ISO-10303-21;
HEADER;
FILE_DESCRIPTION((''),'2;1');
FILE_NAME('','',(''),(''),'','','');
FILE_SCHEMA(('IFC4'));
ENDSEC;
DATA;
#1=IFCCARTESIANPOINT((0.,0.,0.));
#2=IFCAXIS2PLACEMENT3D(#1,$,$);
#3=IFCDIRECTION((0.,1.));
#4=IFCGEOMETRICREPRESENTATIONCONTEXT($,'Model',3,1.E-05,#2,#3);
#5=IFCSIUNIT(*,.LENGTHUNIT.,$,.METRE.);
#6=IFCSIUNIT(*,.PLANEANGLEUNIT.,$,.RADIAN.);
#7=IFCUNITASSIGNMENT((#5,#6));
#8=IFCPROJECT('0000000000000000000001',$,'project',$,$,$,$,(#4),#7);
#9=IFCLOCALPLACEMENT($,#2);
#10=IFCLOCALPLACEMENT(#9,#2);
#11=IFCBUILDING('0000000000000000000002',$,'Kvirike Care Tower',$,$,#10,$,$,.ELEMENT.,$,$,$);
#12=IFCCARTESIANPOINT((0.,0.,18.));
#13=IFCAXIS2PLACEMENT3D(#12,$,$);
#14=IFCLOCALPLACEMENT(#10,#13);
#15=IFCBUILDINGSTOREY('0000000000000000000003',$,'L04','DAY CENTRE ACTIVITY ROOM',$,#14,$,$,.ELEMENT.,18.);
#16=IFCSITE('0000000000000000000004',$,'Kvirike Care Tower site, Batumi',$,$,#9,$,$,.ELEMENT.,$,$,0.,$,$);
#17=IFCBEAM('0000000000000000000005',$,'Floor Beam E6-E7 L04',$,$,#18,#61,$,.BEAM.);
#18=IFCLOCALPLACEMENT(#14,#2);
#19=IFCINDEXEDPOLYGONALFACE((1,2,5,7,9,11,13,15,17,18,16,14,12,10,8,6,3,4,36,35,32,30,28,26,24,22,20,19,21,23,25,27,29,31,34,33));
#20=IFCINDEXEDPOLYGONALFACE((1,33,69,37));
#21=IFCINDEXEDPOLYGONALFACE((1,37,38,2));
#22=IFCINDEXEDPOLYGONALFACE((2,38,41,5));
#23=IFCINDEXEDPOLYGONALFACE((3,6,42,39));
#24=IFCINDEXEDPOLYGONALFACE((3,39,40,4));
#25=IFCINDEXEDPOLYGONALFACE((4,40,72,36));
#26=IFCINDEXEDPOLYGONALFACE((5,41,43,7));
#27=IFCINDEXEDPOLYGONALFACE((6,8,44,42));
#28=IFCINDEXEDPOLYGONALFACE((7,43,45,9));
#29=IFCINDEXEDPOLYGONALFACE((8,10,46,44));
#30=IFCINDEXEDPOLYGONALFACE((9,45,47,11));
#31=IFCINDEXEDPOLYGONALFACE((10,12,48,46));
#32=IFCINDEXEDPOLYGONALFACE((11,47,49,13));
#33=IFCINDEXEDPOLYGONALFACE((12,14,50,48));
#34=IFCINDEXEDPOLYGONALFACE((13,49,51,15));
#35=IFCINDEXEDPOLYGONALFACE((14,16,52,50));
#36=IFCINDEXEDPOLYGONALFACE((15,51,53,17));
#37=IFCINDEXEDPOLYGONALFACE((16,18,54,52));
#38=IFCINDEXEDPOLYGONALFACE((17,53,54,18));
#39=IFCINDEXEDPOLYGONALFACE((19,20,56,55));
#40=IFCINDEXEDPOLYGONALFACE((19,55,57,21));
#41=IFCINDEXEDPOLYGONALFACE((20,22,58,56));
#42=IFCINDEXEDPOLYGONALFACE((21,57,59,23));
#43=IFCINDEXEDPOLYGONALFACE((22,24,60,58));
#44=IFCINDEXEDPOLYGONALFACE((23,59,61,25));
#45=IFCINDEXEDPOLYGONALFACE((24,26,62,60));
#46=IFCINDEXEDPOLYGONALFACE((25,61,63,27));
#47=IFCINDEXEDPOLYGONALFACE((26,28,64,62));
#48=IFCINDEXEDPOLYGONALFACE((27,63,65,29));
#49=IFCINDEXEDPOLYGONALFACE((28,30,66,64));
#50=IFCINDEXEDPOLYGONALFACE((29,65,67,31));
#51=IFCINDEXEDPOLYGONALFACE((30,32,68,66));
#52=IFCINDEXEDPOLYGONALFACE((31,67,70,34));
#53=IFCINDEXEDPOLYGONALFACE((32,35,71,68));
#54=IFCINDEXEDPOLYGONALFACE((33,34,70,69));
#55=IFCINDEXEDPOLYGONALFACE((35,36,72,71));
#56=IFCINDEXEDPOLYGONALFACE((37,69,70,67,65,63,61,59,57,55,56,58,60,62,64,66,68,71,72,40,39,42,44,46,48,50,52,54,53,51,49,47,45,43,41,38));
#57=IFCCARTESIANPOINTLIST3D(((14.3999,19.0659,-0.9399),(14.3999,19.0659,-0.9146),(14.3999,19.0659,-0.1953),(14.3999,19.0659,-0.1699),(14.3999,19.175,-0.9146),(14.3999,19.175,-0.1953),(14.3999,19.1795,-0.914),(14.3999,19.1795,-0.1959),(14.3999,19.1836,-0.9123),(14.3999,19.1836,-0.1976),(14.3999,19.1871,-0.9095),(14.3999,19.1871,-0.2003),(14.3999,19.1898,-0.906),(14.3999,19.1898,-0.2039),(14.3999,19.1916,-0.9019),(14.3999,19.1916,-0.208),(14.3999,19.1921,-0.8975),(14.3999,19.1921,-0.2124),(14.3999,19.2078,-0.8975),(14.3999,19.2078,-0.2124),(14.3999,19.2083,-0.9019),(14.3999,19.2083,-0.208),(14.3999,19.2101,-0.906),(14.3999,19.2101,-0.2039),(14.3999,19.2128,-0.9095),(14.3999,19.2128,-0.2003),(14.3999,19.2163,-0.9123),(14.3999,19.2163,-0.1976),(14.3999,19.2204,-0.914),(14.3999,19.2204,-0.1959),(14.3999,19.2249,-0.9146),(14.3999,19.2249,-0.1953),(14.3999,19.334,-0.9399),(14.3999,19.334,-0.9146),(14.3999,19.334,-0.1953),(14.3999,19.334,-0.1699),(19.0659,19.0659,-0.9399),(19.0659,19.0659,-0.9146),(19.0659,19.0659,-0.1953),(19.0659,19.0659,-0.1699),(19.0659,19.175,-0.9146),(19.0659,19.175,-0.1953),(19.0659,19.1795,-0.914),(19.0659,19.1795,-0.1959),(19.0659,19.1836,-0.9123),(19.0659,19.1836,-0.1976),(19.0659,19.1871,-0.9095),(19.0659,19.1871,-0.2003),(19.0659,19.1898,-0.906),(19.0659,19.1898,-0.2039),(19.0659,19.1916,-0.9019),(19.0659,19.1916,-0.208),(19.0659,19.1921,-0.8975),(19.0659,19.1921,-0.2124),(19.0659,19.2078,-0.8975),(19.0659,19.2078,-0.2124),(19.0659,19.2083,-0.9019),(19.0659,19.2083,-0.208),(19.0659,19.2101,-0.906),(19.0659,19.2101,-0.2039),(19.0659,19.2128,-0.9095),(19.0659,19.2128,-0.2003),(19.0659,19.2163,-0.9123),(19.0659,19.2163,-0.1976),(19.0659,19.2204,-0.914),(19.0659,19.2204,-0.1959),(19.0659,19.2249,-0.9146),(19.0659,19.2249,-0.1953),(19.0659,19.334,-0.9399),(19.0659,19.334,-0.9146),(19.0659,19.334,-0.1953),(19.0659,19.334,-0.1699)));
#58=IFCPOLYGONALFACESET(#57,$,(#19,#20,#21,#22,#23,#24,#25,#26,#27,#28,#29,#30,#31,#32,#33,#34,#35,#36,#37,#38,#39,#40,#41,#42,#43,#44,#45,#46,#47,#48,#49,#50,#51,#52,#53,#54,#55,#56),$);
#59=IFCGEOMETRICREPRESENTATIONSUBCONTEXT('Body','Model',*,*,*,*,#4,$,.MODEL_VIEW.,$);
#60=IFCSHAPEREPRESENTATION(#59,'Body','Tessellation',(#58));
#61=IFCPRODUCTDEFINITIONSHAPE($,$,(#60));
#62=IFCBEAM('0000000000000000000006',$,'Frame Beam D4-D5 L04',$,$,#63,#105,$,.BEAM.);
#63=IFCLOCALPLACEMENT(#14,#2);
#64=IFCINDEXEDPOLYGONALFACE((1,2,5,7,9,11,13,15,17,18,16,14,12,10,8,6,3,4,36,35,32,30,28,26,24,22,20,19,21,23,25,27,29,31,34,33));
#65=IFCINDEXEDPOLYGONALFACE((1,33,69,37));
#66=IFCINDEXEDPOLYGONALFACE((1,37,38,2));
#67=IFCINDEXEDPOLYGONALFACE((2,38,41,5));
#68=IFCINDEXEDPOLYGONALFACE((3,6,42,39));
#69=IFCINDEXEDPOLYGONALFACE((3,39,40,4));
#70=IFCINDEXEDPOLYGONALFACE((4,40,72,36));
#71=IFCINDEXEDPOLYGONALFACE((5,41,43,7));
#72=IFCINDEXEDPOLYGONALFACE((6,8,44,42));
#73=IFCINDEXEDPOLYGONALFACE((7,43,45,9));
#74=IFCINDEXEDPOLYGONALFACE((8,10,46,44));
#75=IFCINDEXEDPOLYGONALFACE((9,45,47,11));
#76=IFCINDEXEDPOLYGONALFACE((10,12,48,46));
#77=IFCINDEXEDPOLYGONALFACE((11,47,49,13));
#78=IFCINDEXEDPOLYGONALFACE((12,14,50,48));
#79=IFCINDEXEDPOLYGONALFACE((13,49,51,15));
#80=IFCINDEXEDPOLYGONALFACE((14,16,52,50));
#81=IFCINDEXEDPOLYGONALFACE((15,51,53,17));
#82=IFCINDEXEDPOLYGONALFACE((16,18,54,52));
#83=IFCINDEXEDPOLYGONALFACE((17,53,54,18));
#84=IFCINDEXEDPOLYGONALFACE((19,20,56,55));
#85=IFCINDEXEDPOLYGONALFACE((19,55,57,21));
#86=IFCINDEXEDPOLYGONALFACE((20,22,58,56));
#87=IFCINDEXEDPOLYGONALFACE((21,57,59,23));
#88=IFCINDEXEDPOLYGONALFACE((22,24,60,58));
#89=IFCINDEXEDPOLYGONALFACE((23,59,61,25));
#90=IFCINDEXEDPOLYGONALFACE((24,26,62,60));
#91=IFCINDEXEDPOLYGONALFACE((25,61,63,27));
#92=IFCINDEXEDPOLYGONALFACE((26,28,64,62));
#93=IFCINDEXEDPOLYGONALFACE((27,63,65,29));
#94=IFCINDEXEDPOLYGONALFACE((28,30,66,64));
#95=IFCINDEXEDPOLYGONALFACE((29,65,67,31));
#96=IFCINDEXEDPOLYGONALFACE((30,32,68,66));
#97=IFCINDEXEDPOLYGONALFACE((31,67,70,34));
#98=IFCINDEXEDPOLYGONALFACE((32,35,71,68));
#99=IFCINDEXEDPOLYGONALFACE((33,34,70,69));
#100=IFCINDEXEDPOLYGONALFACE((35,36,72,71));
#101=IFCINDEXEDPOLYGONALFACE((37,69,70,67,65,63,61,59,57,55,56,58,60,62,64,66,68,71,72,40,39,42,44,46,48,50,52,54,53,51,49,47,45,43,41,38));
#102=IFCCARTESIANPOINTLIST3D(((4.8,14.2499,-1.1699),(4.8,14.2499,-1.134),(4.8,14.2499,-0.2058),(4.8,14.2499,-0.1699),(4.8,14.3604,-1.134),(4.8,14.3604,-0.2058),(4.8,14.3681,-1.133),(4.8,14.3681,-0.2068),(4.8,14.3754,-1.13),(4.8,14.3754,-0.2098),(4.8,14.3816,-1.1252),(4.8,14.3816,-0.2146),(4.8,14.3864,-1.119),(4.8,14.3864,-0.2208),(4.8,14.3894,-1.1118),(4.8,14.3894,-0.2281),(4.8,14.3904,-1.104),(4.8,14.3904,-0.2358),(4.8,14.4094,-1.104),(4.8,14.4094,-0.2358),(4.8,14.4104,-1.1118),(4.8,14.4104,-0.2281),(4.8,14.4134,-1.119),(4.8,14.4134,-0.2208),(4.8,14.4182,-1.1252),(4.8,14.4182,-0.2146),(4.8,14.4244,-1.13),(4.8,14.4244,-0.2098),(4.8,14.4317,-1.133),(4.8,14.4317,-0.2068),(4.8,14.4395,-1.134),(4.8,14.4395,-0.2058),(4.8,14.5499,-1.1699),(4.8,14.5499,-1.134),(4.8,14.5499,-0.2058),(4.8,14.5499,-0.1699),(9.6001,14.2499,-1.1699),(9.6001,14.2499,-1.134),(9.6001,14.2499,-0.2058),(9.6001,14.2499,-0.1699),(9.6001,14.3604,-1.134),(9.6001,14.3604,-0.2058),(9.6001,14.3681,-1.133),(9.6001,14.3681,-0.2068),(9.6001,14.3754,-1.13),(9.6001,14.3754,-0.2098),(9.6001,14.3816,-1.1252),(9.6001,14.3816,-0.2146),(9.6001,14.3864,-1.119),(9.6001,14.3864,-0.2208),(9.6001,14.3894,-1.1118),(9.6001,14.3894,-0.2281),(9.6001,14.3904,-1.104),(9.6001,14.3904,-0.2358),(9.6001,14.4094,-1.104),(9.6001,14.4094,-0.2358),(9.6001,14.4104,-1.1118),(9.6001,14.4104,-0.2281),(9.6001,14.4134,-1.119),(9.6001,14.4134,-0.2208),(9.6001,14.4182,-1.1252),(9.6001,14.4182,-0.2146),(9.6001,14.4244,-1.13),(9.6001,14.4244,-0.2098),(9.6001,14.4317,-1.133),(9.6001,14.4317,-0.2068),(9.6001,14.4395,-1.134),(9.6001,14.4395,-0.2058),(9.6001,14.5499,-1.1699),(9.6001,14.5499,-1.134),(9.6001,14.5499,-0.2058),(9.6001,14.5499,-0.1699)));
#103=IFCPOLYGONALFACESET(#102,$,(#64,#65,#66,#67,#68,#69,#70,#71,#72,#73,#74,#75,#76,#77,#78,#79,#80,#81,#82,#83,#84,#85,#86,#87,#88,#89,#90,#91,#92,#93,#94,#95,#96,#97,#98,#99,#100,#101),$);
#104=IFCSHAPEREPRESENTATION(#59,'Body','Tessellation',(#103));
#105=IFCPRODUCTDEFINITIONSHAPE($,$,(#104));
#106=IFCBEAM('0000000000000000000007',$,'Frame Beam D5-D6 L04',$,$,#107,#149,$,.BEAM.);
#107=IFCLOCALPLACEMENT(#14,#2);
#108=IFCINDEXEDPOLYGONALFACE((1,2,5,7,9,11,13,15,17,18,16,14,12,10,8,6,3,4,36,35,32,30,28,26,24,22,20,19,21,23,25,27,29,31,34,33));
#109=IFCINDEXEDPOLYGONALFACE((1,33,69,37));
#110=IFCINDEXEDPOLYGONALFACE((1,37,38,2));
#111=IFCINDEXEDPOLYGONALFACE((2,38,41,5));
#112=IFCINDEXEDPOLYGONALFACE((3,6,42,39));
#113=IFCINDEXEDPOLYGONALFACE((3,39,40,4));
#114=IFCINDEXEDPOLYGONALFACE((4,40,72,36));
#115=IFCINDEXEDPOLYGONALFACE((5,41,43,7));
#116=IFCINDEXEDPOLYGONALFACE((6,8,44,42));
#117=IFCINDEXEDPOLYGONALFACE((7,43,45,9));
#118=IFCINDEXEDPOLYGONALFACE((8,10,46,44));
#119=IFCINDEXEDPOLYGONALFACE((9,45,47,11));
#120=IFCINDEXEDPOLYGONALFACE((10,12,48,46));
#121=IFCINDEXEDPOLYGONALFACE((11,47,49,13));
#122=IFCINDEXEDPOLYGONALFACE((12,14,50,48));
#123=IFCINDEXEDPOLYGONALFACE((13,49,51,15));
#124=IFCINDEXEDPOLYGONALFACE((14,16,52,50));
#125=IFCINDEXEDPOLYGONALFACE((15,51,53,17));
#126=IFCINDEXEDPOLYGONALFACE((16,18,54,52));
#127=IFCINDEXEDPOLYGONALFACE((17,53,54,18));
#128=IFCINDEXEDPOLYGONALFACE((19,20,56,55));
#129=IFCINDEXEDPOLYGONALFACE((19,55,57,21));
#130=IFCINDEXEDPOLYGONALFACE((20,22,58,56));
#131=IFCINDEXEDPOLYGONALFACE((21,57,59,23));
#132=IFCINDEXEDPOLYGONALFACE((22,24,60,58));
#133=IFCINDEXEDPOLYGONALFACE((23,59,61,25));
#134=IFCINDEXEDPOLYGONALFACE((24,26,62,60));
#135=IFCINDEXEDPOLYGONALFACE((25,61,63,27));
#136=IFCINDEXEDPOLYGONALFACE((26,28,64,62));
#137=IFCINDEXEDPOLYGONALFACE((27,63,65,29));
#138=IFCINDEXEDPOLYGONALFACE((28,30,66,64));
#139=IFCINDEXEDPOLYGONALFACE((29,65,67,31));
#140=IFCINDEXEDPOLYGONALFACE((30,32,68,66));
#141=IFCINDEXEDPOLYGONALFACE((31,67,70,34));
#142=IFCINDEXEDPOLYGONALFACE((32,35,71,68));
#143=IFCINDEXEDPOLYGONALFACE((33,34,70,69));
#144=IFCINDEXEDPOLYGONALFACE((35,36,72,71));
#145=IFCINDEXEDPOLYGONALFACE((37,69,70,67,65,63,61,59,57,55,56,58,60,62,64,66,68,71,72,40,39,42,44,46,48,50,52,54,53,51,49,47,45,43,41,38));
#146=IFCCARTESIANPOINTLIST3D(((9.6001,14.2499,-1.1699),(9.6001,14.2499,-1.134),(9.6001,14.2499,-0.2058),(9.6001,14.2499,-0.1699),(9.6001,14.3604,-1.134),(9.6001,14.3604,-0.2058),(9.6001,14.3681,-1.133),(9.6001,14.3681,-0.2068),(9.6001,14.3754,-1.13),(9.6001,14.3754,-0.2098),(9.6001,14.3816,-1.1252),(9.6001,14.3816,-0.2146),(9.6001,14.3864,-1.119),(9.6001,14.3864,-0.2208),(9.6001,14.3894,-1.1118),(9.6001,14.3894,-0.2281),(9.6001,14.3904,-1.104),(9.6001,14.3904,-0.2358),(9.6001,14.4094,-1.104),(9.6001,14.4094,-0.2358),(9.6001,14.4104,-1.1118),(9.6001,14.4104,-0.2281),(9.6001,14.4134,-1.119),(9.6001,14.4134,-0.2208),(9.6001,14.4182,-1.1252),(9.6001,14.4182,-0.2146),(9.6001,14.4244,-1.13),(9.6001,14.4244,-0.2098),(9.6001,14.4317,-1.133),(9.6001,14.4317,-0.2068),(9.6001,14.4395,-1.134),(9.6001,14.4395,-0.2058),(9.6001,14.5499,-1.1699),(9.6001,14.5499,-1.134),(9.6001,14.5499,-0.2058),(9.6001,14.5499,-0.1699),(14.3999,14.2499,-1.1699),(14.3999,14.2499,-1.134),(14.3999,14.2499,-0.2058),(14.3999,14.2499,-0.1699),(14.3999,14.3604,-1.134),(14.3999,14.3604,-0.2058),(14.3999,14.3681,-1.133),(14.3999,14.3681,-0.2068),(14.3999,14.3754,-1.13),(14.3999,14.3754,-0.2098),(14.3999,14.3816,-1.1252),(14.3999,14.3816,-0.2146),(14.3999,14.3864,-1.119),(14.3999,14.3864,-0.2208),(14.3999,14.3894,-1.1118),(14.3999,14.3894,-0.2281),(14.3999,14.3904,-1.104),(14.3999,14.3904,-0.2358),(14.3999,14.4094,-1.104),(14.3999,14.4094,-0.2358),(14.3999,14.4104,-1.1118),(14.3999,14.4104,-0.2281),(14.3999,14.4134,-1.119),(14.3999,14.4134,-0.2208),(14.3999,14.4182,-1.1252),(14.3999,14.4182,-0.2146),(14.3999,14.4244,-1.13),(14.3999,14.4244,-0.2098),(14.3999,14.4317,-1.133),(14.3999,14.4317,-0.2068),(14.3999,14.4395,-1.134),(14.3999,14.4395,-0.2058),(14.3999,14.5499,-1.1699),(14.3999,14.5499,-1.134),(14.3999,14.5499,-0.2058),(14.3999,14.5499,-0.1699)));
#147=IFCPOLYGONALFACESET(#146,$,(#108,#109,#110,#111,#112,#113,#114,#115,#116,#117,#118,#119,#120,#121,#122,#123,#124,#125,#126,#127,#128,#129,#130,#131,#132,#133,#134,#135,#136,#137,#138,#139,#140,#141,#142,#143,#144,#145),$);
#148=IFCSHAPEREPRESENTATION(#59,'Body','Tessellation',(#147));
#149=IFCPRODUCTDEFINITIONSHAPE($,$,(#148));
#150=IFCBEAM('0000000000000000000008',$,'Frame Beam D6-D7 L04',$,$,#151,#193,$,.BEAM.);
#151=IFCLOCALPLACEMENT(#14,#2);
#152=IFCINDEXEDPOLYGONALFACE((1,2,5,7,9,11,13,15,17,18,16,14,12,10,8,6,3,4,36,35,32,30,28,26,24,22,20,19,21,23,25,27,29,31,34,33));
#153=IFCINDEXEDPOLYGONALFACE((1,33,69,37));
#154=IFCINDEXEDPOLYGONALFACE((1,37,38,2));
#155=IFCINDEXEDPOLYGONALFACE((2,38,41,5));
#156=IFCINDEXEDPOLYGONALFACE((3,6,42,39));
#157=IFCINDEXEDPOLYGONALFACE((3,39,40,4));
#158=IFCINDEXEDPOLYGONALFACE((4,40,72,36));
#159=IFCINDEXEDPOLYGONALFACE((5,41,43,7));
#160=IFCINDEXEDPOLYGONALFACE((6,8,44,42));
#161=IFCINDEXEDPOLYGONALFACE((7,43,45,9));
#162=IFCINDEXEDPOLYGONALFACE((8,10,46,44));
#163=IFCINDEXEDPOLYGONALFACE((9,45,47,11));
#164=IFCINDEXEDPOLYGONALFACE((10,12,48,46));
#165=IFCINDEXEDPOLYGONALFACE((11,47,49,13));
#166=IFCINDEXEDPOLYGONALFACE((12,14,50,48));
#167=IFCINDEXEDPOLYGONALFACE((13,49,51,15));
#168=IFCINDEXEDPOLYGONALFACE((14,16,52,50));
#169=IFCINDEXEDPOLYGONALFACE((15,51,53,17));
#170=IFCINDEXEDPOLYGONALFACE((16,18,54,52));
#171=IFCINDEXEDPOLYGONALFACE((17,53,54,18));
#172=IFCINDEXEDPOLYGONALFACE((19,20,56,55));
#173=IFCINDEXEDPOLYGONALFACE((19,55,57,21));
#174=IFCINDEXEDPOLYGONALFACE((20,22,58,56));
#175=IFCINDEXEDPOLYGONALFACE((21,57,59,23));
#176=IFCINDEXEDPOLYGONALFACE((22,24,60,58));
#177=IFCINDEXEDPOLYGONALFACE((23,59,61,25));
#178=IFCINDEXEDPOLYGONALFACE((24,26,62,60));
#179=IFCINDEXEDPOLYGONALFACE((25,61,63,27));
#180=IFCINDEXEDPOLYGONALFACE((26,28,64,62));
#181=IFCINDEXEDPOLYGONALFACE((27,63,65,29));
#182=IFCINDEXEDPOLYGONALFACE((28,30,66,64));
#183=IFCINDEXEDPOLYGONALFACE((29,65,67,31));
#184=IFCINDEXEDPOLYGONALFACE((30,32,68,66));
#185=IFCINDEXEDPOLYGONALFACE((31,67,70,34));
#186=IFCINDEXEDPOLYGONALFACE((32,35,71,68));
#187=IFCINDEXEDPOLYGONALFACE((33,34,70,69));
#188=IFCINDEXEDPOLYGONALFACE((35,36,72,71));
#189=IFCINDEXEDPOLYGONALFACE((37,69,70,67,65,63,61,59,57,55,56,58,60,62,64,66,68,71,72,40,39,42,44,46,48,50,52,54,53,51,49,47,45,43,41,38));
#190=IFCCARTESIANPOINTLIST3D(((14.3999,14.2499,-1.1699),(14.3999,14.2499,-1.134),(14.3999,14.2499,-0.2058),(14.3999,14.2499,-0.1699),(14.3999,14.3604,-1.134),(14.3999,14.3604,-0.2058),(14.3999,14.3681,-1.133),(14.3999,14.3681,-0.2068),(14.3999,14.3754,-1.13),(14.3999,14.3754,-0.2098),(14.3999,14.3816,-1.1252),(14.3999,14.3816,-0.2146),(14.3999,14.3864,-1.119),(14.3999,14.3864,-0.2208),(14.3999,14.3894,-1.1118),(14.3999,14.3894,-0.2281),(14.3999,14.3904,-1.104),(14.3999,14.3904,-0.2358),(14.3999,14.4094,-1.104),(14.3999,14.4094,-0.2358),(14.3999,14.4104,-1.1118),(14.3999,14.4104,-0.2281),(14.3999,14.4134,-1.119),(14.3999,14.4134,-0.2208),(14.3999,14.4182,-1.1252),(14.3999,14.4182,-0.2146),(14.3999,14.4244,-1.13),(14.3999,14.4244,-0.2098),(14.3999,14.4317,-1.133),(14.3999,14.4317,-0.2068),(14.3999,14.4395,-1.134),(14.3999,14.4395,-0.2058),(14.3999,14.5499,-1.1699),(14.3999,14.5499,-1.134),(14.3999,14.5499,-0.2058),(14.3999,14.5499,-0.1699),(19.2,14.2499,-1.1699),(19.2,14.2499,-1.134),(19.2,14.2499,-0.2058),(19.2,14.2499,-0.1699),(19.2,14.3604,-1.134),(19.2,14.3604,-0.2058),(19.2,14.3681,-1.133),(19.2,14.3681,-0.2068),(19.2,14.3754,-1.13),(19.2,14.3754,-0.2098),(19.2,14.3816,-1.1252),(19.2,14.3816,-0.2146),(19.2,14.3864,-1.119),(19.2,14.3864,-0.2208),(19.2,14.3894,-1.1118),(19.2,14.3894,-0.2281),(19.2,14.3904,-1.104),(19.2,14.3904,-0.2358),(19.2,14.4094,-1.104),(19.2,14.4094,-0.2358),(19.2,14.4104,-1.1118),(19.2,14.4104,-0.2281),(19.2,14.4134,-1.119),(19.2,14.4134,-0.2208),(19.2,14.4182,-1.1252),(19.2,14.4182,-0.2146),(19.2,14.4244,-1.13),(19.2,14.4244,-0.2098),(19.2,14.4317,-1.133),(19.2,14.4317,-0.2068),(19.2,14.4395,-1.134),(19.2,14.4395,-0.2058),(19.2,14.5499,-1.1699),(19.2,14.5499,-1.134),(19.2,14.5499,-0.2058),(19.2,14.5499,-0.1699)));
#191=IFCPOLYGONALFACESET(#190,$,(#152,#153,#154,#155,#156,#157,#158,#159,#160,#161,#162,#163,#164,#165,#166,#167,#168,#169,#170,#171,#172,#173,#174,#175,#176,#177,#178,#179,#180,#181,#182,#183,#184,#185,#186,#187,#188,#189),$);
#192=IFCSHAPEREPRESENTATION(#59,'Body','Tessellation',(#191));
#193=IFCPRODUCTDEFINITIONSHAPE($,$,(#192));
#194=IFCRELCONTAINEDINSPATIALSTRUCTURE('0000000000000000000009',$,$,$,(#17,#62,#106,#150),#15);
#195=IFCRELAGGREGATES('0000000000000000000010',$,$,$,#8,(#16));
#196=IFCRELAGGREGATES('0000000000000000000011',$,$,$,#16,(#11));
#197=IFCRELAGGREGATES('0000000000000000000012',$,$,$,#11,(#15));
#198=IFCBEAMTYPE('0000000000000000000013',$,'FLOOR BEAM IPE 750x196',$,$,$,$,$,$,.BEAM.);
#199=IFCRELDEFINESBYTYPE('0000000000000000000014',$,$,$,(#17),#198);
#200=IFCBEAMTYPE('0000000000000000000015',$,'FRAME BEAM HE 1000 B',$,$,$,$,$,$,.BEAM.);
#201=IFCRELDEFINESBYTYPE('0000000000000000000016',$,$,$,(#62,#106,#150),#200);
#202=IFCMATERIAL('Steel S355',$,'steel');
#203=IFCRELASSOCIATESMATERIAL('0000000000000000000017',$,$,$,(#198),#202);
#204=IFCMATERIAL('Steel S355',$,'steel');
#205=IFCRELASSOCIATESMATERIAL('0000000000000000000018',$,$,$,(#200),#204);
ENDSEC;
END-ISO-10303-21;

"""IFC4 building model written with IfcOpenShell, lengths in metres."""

from ifc_helpers import new_model, si_unit, direction, frame, origin, origin_2d, place, context, subcontext, project, spatial, i_section, extrude, material, material_profile, profile_set, type_object, element, save


model = new_model("IFC4")

# Units and contexts
model_context = context("Model", 3, precision=1e-05, world=origin(), true_north=direction((0.0, 1.0)))
body_context = subcontext(model_context, "Body", "Model", "MODEL_VIEW")
ifc_project = project(units=[si_unit("LENGTHUNIT", "METRE"), si_unit("PLANEANGLEUNIT", "RADIAN")], contexts=[model_context])

# Site, building, storey
site_placement = place(None, origin())
site = spatial("IfcSite", under=ifc_project, at=site_placement, Name="Kvirike Care Tower site, Batumi", CompositionType="ELEMENT", RefElevation=0.0)
building_placement = place(site_placement, origin())
building = spatial("IfcBuilding", under=site, at=building_placement, Name="Kvirike Care Tower", CompositionType="ELEMENT")
storey_placement = place(building_placement, frame((0.0, 0.0, 18.0)))
storey = spatial("IfcBuildingStorey", under=building, at=storey_placement, Name="L04", Description="DAY CENTRE ACTIVITY ROOM", CompositionType="ELEMENT", Elevation=18.0)

# Beams
ifc_material_1 = material(Name="Steel S355", Category="steel")
ifc_material_profile_1 = material_profile(ifc_material_1, i_section(OverallWidth=0.2681, OverallDepth=0.77, WebThickness=0.0156, FlangeThickness=0.0254, FilletRadius=0.0171, at=origin_2d()), Name="IPE 750x196")
ifc_profile_set_1 = profile_set([ifc_material_profile_1], Name="Steel S355")
beam_type_1 = type_object("IfcBeamType", Name="FLOOR BEAM IPE 750x196", PredefinedType="BEAM", material=ifc_profile_set_1)
beam_1_placement = place(storey_placement, frame((14.3999, 19.2, -0.5549), z_axis=(1.0, 0.0, 0.0), x_axis=(0.0, 1.0, 0.0)))
element("IfcBeam", 1, at=beam_1_placement, inside=storey, type_object=beam_type_1, Name="Floor Beam E6-E7 L04", PredefinedType="BEAM", context=body_context, shape_type="SweptSolid", body=[
    extrude(i_section(OverallWidth=0.2681, OverallDepth=0.77, WebThickness=0.0156, FlangeThickness=0.0254, FilletRadius=0.0171, at=origin_2d()), origin(), (0.0, 0.0, 1.0), 4.666),
])
ifc_material_2 = material(Name="Steel S355", Category="steel")
ifc_material_profile_2 = material_profile(ifc_material_2, i_section(OverallWidth=0.3, OverallDepth=1.0, WebThickness=0.019, FlangeThickness=0.0359, FilletRadius=0.03, at=origin_2d()), Name="HE 1000 B")
ifc_profile_set_2 = profile_set([ifc_material_profile_2], Name="Steel S355")
beam_type_2 = type_object("IfcBeamType", Name="FRAME BEAM HE 1000 B", PredefinedType="BEAM", material=ifc_profile_set_2)
beam_2_placement = place(storey_placement, frame((4.8, 14.3999, -0.6699), z_axis=(1.0, 0.0, 0.0), x_axis=(0.0, 1.0, 0.0)))
element("IfcBeam", 2, at=beam_2_placement, inside=storey, type_object=beam_type_2, Name="Frame Beam D4-D5 L04", PredefinedType="BEAM", context=body_context, shape_type="SweptSolid", body=[
    extrude(i_section(OverallWidth=0.3, OverallDepth=1.0, WebThickness=0.019, FlangeThickness=0.0359, FilletRadius=0.03, at=origin_2d()), origin(), (0.0, 0.0, 1.0), 4.8),
])
beam_3_placement = place(storey_placement, frame((9.6001, 14.3999, -0.6699), z_axis=(1.0, 0.0, 0.0), x_axis=(0.0, 1.0, 0.0)))
element("IfcBeam", 3, at=beam_3_placement, inside=storey, type_object=beam_type_2, Name="Frame Beam D5-D6 L04", PredefinedType="BEAM", context=body_context, shape_type="SweptSolid", body=[
    extrude(i_section(OverallWidth=0.3, OverallDepth=1.0, WebThickness=0.019, FlangeThickness=0.0359, FilletRadius=0.03, at=origin_2d()), origin(), (0.0, 0.0, 1.0), 4.7998),
])
for number, where, z_axis, x_axis, name in (
    (4, (14.3999, 14.3999, -0.6699), (1.0, 0.0, 0.0), (0.0, 1.0, 0.0), "Frame Beam D6-D7 L04"),
):
    element("IfcBeam", number, at=place(storey_placement, frame(where, z_axis=z_axis, x_axis=x_axis)), inside=storey, type_object=beam_type_2, Name=name, PredefinedType="BEAM", context=body_context, shape_type="SweptSolid", body=[
        extrude(i_section(OverallWidth=0.3, OverallDepth=1.0, WebThickness=0.019, FlangeThickness=0.0359, FilletRadius=0.03, at=origin_2d()), origin(), (0.0, 0.0, 1.0), 4.8),
    ])

save(model, "model.ifc")
